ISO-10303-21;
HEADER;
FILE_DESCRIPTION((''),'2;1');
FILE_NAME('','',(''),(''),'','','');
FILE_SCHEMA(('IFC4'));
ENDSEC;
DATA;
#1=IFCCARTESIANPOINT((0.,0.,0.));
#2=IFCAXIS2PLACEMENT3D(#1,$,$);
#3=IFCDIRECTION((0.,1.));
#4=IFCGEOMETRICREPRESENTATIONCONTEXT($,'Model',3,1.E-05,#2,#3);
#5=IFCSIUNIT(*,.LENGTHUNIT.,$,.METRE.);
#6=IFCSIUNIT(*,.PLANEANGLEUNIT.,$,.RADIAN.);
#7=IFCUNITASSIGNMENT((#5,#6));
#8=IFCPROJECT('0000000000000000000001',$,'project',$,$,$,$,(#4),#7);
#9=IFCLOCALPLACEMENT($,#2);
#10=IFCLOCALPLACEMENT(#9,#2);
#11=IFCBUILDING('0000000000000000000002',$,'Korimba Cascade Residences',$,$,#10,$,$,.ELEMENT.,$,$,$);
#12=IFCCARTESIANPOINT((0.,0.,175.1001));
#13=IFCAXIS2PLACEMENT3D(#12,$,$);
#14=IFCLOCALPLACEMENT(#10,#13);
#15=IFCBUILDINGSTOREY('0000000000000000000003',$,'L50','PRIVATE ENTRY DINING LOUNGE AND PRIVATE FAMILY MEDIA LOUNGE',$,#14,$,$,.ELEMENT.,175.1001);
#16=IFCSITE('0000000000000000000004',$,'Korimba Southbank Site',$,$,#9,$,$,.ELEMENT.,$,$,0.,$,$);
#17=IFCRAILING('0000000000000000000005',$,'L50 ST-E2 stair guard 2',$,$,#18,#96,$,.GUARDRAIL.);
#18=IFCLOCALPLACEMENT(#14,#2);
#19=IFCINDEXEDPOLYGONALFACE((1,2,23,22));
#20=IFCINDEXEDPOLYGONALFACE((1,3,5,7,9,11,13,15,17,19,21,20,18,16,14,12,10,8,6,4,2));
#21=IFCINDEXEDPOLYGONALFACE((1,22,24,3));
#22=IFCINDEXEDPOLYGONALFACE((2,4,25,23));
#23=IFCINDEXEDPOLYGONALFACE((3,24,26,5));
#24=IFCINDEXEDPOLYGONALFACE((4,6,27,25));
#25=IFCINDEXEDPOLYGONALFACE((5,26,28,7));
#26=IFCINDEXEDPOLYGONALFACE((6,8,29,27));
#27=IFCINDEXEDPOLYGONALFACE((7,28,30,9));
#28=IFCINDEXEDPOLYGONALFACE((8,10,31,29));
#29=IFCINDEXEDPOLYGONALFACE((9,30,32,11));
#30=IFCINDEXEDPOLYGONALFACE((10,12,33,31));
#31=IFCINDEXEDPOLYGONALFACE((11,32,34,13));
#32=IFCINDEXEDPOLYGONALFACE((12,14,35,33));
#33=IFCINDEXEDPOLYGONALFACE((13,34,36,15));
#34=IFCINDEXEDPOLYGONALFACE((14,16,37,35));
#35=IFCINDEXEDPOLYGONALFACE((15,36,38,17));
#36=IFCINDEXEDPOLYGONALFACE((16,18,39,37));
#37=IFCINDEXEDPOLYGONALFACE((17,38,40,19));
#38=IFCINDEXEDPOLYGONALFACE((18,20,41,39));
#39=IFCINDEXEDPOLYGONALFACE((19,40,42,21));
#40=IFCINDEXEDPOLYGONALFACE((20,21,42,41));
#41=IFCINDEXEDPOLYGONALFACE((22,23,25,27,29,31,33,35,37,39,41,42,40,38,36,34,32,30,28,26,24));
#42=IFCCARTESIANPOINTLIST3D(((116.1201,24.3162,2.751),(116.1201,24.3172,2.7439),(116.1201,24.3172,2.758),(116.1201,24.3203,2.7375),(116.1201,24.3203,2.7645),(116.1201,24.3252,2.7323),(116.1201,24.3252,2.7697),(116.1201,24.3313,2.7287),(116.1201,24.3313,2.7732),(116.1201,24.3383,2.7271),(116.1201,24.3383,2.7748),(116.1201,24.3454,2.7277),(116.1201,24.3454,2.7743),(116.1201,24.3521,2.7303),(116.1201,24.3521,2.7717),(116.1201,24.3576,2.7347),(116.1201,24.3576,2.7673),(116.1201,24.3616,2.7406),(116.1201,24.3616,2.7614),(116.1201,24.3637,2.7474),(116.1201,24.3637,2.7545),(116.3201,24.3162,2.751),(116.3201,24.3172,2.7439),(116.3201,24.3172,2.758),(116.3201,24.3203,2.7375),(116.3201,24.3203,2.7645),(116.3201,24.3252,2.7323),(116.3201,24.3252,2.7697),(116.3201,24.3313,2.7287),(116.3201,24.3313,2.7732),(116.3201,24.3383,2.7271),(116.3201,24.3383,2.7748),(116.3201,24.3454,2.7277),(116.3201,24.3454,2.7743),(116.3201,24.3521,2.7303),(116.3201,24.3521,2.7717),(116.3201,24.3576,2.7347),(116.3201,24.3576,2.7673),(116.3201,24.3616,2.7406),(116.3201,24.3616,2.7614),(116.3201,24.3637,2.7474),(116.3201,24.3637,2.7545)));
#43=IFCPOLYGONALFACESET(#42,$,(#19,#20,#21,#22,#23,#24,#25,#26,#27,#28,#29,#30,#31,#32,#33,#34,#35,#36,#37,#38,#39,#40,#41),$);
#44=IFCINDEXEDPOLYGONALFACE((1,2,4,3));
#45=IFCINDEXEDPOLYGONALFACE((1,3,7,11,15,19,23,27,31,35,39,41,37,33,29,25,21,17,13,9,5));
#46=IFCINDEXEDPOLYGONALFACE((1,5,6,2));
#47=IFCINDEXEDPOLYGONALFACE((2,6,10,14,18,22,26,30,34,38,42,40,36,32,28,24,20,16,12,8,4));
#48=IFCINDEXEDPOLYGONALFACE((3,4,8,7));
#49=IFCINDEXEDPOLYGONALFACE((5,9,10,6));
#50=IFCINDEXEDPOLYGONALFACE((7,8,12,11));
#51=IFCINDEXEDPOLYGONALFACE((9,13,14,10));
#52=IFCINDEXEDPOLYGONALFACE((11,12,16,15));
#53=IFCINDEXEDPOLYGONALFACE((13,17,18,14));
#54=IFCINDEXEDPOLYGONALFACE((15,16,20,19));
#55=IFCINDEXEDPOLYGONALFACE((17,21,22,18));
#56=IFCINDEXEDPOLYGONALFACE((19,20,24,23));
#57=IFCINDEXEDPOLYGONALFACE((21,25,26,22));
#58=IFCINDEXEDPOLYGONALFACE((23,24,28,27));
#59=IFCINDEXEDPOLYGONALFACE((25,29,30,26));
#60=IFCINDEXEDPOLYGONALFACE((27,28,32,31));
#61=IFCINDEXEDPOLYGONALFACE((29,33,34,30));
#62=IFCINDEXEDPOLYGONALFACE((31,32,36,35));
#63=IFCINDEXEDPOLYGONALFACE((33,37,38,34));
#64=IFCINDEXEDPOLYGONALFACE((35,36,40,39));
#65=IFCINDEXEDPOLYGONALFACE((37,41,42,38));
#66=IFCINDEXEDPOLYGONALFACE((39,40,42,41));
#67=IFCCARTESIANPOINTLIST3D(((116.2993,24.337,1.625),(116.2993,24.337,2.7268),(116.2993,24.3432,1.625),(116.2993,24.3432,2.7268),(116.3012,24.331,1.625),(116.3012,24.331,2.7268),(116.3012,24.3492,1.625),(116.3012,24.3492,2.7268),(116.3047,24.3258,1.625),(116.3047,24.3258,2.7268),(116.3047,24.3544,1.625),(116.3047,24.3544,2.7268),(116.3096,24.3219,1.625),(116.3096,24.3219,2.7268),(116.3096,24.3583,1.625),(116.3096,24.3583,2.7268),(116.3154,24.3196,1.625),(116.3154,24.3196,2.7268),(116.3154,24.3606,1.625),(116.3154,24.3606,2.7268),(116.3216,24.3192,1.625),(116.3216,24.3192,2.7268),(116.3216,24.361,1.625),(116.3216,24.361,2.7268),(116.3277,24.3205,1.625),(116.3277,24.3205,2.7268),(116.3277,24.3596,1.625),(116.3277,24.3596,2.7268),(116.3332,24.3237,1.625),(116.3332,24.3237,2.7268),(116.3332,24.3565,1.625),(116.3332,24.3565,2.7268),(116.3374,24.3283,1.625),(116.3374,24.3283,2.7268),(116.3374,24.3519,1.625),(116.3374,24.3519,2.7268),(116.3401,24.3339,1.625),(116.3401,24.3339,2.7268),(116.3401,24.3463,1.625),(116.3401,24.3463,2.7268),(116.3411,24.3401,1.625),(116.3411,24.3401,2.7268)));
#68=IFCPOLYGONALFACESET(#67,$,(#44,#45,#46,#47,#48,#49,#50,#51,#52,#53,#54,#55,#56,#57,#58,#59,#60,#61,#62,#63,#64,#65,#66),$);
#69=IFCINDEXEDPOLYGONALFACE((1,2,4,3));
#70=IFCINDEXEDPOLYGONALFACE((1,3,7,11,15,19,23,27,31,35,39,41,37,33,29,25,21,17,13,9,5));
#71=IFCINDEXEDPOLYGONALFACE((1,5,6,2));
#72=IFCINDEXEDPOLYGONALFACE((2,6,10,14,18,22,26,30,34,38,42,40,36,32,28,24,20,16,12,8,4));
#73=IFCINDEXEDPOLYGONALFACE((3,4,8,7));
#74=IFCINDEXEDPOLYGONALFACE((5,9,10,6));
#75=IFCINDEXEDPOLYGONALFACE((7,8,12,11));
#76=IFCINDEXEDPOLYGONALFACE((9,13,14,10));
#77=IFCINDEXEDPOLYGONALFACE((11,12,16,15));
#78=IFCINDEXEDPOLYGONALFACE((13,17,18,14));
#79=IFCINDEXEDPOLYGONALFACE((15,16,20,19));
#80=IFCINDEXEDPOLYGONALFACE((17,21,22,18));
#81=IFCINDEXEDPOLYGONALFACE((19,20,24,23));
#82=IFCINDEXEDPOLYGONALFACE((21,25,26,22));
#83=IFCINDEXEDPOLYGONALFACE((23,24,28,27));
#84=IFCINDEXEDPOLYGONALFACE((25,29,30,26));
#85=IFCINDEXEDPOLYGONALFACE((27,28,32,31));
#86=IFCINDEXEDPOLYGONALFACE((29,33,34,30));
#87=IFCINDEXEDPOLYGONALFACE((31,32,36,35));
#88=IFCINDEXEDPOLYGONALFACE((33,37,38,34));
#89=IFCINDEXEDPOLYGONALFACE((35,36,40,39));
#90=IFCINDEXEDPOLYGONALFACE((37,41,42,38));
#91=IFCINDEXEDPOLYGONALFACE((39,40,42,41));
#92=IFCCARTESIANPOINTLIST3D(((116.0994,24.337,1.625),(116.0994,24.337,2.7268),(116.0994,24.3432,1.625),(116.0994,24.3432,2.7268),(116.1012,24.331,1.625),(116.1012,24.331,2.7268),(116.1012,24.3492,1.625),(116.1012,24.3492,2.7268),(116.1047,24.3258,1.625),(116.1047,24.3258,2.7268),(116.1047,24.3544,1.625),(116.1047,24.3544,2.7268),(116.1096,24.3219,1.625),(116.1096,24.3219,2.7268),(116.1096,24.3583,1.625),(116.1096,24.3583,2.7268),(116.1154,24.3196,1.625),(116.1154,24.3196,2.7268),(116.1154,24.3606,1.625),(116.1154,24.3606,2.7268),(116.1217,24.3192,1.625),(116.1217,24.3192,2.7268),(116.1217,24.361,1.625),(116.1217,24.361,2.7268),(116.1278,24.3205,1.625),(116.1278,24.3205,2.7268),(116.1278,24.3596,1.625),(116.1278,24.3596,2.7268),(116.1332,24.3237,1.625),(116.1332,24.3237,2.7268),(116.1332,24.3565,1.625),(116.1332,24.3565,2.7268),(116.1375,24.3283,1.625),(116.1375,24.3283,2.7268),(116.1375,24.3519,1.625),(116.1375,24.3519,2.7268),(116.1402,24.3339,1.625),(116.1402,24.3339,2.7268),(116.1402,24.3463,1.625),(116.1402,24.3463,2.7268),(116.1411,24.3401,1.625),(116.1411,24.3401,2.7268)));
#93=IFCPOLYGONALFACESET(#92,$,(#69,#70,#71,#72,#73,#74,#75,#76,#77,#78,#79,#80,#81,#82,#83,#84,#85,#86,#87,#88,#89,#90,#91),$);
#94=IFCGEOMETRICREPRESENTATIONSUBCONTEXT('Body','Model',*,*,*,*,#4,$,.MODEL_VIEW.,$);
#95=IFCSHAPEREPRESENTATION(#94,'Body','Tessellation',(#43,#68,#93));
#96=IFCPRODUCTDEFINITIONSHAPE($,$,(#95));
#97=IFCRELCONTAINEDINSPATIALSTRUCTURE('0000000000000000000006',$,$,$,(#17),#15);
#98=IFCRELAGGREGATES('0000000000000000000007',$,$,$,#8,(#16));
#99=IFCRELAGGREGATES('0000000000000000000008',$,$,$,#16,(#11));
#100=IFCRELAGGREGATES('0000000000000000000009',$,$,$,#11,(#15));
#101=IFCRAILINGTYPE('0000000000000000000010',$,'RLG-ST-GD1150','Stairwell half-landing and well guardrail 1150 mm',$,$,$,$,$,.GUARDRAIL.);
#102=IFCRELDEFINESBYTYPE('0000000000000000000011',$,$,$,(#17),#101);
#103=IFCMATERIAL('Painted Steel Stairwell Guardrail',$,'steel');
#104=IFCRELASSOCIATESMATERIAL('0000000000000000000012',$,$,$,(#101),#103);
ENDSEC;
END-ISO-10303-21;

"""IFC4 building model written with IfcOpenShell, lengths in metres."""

from ifc_helpers import new_model, si_unit, direction, frame, origin, origin_2d, place, context, subcontext, project, spatial, circle, extrude, material, type_object, element, save


model = new_model("IFC4")

# Units and contexts
model_context = context("Model", 3, precision=1e-05, world=origin(), true_north=direction((0.0, 1.0)))
body_context = subcontext(model_context, "Body", "Model", "MODEL_VIEW")
ifc_project = project(units=[si_unit("LENGTHUNIT", "METRE"), si_unit("PLANEANGLEUNIT", "RADIAN")], contexts=[model_context])

# Site, building, storey
site_placement = place(None, origin())
site = spatial("IfcSite", under=ifc_project, at=site_placement, Name="Korimba Southbank Site", CompositionType="ELEMENT", RefElevation=0.0)
building_placement = place(site_placement, origin())
building = spatial("IfcBuilding", under=site, at=building_placement, Name="Korimba Cascade Residences", CompositionType="ELEMENT")
storey_placement = place(building_placement, frame((0.0, 0.0, 175.1001)))
storey = spatial("IfcBuildingStorey", under=building, at=storey_placement, Name="L50", Description="PRIVATE ENTRY DINING LOUNGE AND PRIVATE FAMILY MEDIA LOUNGE", CompositionType="ELEMENT", Elevation=175.1001)

# Railing
ifc_material_1 = material(Name="Painted Steel Stairwell Guardrail", Category="steel")
railing_type_1 = type_object("IfcRailingType", Name="RLG-ST-GD1150", Description="Stairwell half-landing and well guardrail 1150 mm", PredefinedType="GUARDRAIL", material=ifc_material_1)
railing_1_placement = place(storey_placement, frame((116.3201, 24.3401, 1.625)))
element("IfcRailing", 1, at=railing_1_placement, inside=storey, type_object=railing_type_1, Name="L50 ST-E2 stair guard 2", PredefinedType="GUARDRAIL", context=body_context, shape_type="SweptSolid", body=[
    extrude(circle(Radius=0.0239, at=origin_2d()), frame((0.0, 0.0, 1.126), z_axis=(-1.0, 0.0, 0.0), x_axis=(0.0, -1.0, 0.0)), (0.0, 0.0, 1.0), 0.2),
    extrude(circle(Radius=0.021, at=origin_2d()), origin(), (0.0, 0.0, 1.0), 1.1018),
    extrude(circle(Radius=0.021, at=origin_2d()), frame((-0.2, 0.0, 0.0)), (0.0, 0.0, 1.0), 1.1018),
])

save(model, "model.ifc")
